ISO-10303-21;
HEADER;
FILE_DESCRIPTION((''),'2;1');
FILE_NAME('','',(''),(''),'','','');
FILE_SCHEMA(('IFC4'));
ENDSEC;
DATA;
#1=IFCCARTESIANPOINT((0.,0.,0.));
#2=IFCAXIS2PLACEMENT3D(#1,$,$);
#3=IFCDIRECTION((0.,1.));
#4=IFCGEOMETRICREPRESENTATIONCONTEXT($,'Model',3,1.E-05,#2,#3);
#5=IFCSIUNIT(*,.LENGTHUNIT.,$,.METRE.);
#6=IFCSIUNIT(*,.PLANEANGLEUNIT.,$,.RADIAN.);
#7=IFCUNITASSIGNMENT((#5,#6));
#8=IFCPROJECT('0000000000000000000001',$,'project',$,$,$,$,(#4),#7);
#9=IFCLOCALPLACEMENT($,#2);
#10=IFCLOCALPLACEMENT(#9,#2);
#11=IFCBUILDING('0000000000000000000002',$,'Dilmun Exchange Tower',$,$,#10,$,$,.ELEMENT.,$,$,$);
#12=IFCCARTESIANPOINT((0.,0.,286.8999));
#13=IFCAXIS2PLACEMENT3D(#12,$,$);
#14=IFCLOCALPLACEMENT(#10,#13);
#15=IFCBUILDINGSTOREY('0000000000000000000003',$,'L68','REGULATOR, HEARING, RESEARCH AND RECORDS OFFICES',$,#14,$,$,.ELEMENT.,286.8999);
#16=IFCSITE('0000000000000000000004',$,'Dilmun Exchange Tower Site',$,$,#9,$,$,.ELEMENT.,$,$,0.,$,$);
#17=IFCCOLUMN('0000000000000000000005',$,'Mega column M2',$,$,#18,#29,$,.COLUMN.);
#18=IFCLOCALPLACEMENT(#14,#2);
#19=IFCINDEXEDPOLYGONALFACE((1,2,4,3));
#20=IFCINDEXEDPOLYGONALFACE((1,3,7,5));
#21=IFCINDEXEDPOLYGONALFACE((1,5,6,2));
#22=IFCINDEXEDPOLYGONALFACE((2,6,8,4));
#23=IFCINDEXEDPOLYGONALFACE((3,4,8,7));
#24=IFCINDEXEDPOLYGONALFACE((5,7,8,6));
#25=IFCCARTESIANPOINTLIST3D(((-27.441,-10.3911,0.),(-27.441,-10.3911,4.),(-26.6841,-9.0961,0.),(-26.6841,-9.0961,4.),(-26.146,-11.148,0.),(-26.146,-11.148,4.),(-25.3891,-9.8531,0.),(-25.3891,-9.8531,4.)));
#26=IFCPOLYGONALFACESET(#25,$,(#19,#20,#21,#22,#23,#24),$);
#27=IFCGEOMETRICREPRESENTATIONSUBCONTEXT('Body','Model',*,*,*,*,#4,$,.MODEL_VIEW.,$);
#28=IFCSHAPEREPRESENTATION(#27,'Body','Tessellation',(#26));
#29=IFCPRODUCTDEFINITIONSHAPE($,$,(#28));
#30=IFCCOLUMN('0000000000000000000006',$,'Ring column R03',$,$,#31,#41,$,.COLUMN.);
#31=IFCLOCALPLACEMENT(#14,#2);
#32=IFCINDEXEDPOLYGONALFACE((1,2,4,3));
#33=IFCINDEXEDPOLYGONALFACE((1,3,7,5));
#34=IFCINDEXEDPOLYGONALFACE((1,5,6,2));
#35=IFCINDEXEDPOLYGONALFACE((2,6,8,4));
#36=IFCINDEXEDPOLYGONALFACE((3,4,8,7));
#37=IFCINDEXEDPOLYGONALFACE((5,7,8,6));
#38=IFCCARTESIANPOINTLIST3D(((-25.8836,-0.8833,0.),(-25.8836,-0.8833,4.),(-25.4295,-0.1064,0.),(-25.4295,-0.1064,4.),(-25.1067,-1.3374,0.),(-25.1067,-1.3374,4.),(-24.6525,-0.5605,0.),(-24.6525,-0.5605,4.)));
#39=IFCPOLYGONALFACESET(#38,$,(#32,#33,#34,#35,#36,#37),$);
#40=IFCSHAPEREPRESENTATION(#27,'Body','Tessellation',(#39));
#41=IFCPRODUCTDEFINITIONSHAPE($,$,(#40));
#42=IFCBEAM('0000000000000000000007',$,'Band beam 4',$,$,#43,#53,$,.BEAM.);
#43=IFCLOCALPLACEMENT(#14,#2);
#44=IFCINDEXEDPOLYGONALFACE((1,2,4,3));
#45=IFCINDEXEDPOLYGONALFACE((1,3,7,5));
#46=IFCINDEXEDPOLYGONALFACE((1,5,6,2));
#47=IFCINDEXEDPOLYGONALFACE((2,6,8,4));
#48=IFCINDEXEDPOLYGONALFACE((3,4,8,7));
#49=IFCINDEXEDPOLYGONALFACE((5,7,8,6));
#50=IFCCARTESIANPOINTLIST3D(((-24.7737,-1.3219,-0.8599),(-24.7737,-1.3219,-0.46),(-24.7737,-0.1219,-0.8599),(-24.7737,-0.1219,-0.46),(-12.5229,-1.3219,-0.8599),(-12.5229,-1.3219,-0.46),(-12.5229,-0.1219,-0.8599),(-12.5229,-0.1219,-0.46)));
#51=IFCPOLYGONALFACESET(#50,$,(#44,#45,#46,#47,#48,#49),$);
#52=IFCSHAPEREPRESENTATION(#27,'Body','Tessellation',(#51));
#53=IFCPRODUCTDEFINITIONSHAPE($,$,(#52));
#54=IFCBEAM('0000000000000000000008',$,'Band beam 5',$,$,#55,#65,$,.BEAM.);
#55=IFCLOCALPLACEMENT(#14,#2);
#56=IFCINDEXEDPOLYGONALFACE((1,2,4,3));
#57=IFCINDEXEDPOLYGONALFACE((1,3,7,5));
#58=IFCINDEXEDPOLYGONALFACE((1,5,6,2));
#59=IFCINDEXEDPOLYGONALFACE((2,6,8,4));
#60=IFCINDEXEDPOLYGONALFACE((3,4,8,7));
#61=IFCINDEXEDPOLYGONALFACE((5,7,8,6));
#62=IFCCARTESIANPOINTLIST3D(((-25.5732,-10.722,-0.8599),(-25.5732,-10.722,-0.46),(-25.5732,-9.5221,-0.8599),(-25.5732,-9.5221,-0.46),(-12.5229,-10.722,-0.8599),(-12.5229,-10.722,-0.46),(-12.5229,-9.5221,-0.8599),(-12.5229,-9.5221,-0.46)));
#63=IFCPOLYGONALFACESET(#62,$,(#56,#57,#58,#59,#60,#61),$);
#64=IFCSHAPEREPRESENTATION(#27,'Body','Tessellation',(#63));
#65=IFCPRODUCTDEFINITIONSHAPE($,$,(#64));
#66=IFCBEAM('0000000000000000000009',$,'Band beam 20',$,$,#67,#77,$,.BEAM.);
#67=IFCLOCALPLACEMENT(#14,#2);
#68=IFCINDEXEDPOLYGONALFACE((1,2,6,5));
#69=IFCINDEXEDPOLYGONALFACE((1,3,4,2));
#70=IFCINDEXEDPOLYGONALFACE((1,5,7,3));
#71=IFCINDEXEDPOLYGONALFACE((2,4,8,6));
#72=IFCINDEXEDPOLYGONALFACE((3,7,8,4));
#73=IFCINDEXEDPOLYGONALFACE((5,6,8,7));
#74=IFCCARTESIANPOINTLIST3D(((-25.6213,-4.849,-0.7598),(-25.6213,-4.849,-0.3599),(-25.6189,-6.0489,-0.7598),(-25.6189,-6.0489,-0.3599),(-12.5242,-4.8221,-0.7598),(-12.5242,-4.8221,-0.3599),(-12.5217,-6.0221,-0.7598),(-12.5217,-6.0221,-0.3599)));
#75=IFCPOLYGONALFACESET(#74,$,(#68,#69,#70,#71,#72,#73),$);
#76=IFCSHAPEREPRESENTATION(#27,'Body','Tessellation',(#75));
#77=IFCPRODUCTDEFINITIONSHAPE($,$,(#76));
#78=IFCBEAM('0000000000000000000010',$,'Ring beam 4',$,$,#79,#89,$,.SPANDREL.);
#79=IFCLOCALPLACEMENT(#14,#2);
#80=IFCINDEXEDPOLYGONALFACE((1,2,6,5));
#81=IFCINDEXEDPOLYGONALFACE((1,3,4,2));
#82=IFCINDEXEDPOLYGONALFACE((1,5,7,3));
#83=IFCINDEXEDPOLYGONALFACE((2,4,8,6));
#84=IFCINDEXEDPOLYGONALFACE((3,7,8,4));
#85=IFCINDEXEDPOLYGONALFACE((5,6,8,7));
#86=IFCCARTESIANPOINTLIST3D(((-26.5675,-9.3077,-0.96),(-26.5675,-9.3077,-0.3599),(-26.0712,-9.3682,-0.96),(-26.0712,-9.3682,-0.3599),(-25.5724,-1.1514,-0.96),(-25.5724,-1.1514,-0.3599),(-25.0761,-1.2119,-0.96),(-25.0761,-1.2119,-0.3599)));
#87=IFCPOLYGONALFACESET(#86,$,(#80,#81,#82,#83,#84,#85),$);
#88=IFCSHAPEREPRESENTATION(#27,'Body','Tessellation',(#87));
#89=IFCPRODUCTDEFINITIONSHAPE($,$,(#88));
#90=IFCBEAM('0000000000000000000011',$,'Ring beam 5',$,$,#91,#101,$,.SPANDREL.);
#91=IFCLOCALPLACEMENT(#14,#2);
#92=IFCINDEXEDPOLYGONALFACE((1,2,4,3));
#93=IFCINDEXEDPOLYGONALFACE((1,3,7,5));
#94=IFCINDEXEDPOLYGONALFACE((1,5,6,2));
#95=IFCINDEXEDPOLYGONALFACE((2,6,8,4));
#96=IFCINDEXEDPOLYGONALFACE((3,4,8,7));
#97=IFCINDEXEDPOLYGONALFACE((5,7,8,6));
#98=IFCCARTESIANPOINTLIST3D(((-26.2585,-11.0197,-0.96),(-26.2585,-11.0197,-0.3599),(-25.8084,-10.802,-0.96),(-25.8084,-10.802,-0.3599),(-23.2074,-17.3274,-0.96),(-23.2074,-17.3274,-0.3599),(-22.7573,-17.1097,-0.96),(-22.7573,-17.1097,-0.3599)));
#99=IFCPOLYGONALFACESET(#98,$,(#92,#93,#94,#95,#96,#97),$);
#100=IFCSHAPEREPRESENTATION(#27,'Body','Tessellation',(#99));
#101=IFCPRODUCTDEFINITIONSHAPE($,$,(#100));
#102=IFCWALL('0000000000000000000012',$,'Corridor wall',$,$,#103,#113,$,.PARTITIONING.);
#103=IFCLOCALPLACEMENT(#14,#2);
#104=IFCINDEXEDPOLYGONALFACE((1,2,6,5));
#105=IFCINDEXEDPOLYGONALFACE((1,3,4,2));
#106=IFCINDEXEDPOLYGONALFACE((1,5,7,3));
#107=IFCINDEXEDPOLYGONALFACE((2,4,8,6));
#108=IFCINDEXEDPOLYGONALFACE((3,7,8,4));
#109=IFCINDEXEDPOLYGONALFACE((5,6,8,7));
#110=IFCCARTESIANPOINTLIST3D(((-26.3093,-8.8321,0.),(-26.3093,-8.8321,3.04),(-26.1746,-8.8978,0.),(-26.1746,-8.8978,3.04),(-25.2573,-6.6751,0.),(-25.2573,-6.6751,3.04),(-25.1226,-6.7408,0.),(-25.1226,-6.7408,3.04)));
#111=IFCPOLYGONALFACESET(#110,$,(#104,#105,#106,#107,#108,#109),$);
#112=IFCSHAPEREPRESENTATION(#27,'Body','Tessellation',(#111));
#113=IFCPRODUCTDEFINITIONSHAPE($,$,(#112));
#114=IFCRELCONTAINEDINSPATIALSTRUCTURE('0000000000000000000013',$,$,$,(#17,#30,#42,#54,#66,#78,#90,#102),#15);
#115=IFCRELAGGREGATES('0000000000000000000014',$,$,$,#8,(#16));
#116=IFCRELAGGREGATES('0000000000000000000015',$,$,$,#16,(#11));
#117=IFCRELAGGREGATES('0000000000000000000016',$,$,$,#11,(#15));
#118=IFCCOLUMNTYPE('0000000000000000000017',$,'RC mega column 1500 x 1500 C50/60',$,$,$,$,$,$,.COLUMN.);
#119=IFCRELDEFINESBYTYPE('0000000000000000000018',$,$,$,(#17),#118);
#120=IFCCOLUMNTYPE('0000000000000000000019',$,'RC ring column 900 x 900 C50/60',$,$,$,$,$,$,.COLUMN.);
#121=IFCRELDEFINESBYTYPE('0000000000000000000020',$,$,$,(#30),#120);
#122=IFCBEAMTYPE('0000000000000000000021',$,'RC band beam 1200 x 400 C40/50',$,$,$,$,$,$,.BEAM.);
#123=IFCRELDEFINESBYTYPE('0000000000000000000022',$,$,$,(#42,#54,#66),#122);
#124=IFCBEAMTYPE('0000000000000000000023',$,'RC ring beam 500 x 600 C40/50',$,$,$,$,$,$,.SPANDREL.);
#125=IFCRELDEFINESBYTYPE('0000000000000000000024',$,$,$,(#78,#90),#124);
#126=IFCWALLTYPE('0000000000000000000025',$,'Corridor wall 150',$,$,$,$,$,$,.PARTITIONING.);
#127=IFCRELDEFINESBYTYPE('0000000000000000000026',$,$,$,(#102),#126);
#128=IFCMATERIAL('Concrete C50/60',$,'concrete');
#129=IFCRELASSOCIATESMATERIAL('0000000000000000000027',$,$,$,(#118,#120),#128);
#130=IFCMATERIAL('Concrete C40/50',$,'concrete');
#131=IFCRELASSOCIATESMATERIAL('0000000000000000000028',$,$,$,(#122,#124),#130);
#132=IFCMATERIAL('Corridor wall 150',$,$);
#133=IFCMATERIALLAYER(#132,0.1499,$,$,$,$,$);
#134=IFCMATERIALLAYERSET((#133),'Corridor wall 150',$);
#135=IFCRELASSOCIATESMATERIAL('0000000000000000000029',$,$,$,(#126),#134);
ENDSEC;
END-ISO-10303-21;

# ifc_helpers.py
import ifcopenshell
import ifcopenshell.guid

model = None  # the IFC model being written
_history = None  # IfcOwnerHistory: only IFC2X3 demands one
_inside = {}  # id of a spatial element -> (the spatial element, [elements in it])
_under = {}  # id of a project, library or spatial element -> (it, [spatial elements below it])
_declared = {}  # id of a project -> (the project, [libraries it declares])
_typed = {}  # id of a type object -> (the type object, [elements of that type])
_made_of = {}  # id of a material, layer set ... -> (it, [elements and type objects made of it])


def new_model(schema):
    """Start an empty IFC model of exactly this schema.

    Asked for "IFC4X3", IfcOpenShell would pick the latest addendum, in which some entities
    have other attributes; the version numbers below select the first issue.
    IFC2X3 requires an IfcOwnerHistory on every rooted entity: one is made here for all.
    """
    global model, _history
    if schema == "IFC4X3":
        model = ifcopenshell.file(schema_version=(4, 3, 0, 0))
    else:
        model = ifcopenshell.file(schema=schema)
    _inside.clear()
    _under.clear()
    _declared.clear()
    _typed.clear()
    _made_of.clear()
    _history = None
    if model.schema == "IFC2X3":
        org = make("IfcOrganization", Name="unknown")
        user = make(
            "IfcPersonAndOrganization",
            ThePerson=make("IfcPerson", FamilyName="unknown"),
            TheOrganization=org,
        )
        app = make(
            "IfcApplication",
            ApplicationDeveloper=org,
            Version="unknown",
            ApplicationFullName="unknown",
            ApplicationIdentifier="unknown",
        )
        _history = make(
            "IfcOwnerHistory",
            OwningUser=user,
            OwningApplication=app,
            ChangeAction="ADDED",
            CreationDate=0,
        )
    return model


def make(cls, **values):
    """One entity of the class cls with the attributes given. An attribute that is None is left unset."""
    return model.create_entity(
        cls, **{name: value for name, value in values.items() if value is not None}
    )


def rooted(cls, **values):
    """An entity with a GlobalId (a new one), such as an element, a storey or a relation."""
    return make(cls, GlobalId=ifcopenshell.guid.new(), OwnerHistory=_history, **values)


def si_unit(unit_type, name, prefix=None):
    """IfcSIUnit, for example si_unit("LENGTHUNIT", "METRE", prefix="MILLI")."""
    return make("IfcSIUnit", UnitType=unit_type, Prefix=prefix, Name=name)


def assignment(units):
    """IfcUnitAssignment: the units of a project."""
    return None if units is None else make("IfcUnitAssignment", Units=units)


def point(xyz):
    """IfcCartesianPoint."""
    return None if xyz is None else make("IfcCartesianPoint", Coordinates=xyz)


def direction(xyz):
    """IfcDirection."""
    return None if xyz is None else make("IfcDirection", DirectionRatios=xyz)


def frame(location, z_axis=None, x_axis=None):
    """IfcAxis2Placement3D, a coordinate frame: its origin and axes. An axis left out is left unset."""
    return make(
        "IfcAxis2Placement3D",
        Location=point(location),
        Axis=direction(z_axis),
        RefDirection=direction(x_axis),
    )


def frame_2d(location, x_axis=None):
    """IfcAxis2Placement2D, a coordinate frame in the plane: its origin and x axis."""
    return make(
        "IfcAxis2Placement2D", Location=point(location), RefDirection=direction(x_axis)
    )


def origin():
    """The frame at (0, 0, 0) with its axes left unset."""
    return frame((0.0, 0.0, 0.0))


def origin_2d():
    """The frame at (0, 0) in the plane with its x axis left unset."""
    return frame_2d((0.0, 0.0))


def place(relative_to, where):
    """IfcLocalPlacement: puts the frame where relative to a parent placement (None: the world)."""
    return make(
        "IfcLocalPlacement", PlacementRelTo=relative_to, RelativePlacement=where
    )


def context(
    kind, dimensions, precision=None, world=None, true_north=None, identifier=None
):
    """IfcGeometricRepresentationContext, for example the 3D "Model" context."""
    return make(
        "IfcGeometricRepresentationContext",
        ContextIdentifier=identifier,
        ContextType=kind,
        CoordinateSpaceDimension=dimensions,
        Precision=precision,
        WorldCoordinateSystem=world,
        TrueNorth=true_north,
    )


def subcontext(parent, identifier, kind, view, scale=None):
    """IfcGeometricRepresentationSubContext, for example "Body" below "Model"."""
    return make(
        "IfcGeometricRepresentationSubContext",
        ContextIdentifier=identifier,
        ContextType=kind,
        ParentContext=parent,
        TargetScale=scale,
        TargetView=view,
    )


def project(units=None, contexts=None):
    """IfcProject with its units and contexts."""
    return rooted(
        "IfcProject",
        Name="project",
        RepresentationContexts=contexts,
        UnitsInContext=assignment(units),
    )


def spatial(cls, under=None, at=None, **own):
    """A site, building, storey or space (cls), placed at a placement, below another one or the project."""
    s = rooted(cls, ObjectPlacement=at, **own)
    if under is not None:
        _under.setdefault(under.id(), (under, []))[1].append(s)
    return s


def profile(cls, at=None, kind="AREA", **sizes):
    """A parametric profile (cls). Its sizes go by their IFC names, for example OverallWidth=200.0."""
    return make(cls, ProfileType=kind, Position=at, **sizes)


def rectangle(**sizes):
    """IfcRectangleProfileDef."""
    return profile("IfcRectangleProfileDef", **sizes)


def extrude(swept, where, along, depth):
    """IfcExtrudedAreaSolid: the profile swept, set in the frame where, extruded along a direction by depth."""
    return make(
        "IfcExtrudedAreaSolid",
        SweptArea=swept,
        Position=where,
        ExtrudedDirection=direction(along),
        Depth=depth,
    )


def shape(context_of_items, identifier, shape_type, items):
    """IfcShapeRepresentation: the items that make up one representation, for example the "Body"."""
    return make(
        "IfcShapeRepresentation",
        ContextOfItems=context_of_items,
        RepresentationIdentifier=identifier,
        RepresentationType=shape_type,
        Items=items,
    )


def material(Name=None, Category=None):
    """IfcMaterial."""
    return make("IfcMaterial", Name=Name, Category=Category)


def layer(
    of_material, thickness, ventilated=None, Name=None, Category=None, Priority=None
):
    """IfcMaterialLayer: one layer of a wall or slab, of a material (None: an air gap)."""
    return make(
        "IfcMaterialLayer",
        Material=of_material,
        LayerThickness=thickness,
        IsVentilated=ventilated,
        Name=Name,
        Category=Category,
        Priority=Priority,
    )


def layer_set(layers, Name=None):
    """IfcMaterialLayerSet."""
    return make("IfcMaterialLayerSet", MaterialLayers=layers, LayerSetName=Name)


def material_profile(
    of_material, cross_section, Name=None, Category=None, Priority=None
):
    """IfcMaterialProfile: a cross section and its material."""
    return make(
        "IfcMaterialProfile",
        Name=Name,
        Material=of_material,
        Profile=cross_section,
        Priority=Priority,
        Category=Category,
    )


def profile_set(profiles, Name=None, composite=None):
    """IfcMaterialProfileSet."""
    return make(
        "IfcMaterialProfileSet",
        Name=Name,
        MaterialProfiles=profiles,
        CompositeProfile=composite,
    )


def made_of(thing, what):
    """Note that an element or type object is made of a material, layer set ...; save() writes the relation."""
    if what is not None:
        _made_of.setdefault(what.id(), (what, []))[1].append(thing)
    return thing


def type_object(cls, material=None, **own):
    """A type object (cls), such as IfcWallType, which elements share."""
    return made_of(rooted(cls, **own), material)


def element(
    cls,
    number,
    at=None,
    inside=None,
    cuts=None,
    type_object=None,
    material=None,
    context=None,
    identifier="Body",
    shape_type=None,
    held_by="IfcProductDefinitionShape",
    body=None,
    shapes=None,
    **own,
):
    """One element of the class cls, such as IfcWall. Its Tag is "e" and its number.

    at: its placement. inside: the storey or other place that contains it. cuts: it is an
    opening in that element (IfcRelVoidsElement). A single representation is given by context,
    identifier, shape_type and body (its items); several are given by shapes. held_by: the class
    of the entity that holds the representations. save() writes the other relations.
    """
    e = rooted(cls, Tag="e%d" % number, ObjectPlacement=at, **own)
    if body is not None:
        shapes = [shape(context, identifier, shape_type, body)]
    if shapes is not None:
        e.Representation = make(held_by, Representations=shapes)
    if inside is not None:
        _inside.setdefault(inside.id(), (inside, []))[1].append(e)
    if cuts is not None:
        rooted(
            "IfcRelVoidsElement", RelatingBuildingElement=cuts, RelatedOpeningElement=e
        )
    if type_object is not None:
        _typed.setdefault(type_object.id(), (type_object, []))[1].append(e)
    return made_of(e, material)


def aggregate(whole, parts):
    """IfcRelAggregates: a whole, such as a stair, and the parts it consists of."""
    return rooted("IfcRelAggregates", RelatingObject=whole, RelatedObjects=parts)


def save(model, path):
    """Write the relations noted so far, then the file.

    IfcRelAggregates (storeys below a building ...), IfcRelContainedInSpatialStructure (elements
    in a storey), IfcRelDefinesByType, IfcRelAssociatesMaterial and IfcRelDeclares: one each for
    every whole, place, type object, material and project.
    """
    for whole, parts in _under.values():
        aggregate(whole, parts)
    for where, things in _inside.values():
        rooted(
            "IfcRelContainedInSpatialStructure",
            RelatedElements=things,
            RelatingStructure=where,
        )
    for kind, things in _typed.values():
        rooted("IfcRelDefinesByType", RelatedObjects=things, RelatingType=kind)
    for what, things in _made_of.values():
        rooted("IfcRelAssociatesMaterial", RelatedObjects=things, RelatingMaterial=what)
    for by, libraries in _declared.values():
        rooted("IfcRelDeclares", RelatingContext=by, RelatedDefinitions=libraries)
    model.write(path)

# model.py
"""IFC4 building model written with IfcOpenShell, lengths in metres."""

from ifc_helpers import new_model, si_unit, direction, frame, frame_2d, origin, origin_2d, place, context, subcontext, project, spatial, rectangle, extrude, material, layer, layer_set, material_profile, profile_set, type_object, element, save


model = new_model("IFC4")

# Units and contexts
model_context = context("Model", 3, precision=1e-05, world=origin(), true_north=direction((0.0, 1.0)))
body_context = subcontext(model_context, "Body", "Model", "MODEL_VIEW")
ifc_project = project(units=[si_unit("LENGTHUNIT", "METRE"), si_unit("PLANEANGLEUNIT", "RADIAN")], contexts=[model_context])

# Site, building, storey
site_placement = place(None, origin())
site = spatial("IfcSite", under=ifc_project, at=site_placement, Name="Dilmun Exchange Tower Site", CompositionType="ELEMENT", RefElevation=0.0)
building_placement = place(site_placement, origin())
building = spatial("IfcBuilding", under=site, at=building_placement, Name="Dilmun Exchange Tower", CompositionType="ELEMENT")
storey_placement = place(building_placement, frame((0.0, 0.0, 286.8999)))
storey = spatial("IfcBuildingStorey", under=building, at=storey_placement, Name="L68", Description="REGULATOR, HEARING, RESEARCH AND RECORDS OFFICES", CompositionType="ELEMENT", Elevation=286.8999)

# Columns
ifc_material_1 = material(Name="Concrete C50/60", Category="concrete")
ifc_material_profile_1 = material_profile(ifc_material_1, rectangle(XDim=1.5, YDim=1.5, at=origin_2d()), Name="1500 x 1500")
ifc_profile_set_1 = profile_set([ifc_material_profile_1], Name="Concrete C50/60")
column_type_1 = type_object("IfcColumnType", Name="RC mega column 1500 x 1500 C50/60", PredefinedType="COLUMN", material=ifc_profile_set_1)
column_1_placement = place(storey_placement, frame((-26.415, -10.1221, 0.0), z_axis=(0.0, 0.0, 1.0), x_axis=(0.504644, 0.863328, 0.0)))
element("IfcColumn", 1, at=column_1_placement, inside=storey, type_object=column_type_1, Name="Mega column M2", PredefinedType="COLUMN", context=body_context, shape_type="SweptSolid", body=[
    extrude(rectangle(XDim=1.5, YDim=1.5, at=origin_2d()), origin(), (0.0, 0.0, 1.0), 4.0),
])
ifc_material_profile_2 = material_profile(ifc_material_1, rectangle(XDim=0.8999, YDim=0.8999, at=origin_2d()), Name="900 x 900")
ifc_profile_set_2 = profile_set([ifc_material_profile_2], Name="Concrete C50/60")
column_type_2 = type_object("IfcColumnType", Name="RC ring column 900 x 900 C50/60", PredefinedType="COLUMN", material=ifc_profile_set_2)
column_2_placement = place(storey_placement, frame((-25.2681, -0.7219, 0.0), z_axis=(0.0, 0.0, 1.0), x_axis=(0.504644, 0.863328, 0.0)))
element("IfcColumn", 2, at=column_2_placement, inside=storey, type_object=column_type_2, Name="Ring column R03", PredefinedType="COLUMN", context=body_context, shape_type="SweptSolid", body=[
    extrude(rectangle(XDim=0.8999, YDim=0.8999, at=origin_2d()), origin(), (0.0, 0.0, 1.0), 4.0),
])

# Beams
ifc_material_2 = material(Name="Concrete C40/50", Category="concrete")
ifc_material_profile_3 = material_profile(ifc_material_2, rectangle(XDim=1.2, YDim=0.3999, at=origin_2d()), Name="1200 x 400")
ifc_profile_set_3 = profile_set([ifc_material_profile_3], Name="Concrete C40/50")
beam_type_1 = type_object("IfcBeamType", Name="RC band beam 1200 x 400 C40/50", PredefinedType="BEAM", material=ifc_profile_set_3)
beam_1_placement = place(storey_placement, frame((-24.7737, -0.7219, -0.6599), z_axis=(1.0, 0.0, 0.0), x_axis=(0.0, 1.0, 0.0)))
element("IfcBeam", 3, at=beam_1_placement, inside=storey, type_object=beam_type_1, Name="Band beam 4", PredefinedType="BEAM", context=body_context, shape_type="SweptSolid", body=[
    extrude(rectangle(XDim=1.2, YDim=0.3999, at=origin_2d()), origin(), (0.0, 0.0, 1.0), 12.2507),
])
beam_2_placement = place(storey_placement, frame((-25.5732, -10.1221, -0.6599), z_axis=(1.0, 0.0, 0.0), x_axis=(0.0, 1.0, 0.0)))
element("IfcBeam", 4, at=beam_2_placement, inside=storey, type_object=beam_type_1, Name="Band beam 5", PredefinedType="BEAM", context=body_context, shape_type="SweptSolid", body=[
    extrude(rectangle(XDim=1.2, YDim=0.3999, at=origin_2d()), origin(), (0.0, 0.0, 1.0), 13.0503),
])
beam_3_placement = place(storey_placement, frame((-25.6201, -5.449, -0.5598), z_axis=(0.999998, 0.00205, 0.0), x_axis=(-0.00205, 0.999998, 0.0)))
element("IfcBeam", 5, at=beam_3_placement, inside=storey, type_object=beam_type_1, Name="Band beam 20", PredefinedType="BEAM", context=body_context, shape_type="SweptSolid", body=[
    extrude(rectangle(XDim=1.2, YDim=0.3999, at=origin_2d()), origin(), (0.0, 0.0, 1.0), 13.0972),
])
ifc_material_profile_4 = material_profile(ifc_material_2, rectangle(XDim=0.5, YDim=0.6001, at=origin_2d()), Name="500 x 600")
ifc_profile_set_4 = profile_set([ifc_material_profile_4], Name="Concrete C40/50")
beam_type_2 = type_object("IfcBeamType", Name="RC ring beam 500 x 600 C40/50", PredefinedType="SPANDREL", material=ifc_profile_set_4)
beam_4_placement = place(storey_placement, frame((-25.3242, -1.1816, -0.6599), z_axis=(-0.121109, -0.992639, 0.0), x_axis=(0.992639, -0.121109, 0.0)))
element("IfcBeam", 6, at=beam_4_placement, inside=storey, type_object=beam_type_2, Name="Ring beam 4", PredefinedType="SPANDREL", context=body_context, shape_type="SweptSolid", body=[
    extrude(rectangle(XDim=0.5, YDim=0.6001, at=origin_2d()), origin(), (0.0, 0.0, 1.0), 8.2168),
])
beam_5_placement = place(storey_placement, frame((-26.0334, -10.9109, -0.6599), z_axis=(0.43544, -0.900218, 0.0), x_axis=(0.900218, 0.43544, 0.0)))
element("IfcBeam", 7, at=beam_5_placement, inside=storey, type_object=beam_type_2, Name="Ring beam 5", PredefinedType="SPANDREL", context=body_context, shape_type="SweptSolid", body=[
    extrude(rectangle(XDim=0.5, YDim=0.6001, at=origin_2d()), origin(), (0.0, 0.0, 1.0), 7.0068),
])

# Wall
ifc_material_3 = material(Name="Corridor wall 150")
ifc_layer_1 = layer(ifc_material_3, 0.1499)
ifc_layer_set_1 = layer_set([ifc_layer_1], Name="Corridor wall 150")
wall_type_1 = type_object("IfcWallType", Name="Corridor wall 150", PredefinedType="PARTITIONING", material=ifc_layer_set_1)
wall_1_placement = place(storey_placement, frame((-26.2419, -8.865, 0.0), z_axis=(0.0, 0.0, 1.0), x_axis=(0.438361, 0.898799, 0.0)))
element("IfcWall", 8, at=wall_1_placement, inside=storey, type_object=wall_type_1, Name="Corridor wall", PredefinedType="PARTITIONING", context=body_context, shape_type="SweptSolid", body=[
    extrude(rectangle(XDim=2.3999, YDim=0.1499, at=frame_2d((1.2, 0.0))), origin(), (0.0, 0.0, 1.0), 3.04),
])

save(model, "model.ifc")
